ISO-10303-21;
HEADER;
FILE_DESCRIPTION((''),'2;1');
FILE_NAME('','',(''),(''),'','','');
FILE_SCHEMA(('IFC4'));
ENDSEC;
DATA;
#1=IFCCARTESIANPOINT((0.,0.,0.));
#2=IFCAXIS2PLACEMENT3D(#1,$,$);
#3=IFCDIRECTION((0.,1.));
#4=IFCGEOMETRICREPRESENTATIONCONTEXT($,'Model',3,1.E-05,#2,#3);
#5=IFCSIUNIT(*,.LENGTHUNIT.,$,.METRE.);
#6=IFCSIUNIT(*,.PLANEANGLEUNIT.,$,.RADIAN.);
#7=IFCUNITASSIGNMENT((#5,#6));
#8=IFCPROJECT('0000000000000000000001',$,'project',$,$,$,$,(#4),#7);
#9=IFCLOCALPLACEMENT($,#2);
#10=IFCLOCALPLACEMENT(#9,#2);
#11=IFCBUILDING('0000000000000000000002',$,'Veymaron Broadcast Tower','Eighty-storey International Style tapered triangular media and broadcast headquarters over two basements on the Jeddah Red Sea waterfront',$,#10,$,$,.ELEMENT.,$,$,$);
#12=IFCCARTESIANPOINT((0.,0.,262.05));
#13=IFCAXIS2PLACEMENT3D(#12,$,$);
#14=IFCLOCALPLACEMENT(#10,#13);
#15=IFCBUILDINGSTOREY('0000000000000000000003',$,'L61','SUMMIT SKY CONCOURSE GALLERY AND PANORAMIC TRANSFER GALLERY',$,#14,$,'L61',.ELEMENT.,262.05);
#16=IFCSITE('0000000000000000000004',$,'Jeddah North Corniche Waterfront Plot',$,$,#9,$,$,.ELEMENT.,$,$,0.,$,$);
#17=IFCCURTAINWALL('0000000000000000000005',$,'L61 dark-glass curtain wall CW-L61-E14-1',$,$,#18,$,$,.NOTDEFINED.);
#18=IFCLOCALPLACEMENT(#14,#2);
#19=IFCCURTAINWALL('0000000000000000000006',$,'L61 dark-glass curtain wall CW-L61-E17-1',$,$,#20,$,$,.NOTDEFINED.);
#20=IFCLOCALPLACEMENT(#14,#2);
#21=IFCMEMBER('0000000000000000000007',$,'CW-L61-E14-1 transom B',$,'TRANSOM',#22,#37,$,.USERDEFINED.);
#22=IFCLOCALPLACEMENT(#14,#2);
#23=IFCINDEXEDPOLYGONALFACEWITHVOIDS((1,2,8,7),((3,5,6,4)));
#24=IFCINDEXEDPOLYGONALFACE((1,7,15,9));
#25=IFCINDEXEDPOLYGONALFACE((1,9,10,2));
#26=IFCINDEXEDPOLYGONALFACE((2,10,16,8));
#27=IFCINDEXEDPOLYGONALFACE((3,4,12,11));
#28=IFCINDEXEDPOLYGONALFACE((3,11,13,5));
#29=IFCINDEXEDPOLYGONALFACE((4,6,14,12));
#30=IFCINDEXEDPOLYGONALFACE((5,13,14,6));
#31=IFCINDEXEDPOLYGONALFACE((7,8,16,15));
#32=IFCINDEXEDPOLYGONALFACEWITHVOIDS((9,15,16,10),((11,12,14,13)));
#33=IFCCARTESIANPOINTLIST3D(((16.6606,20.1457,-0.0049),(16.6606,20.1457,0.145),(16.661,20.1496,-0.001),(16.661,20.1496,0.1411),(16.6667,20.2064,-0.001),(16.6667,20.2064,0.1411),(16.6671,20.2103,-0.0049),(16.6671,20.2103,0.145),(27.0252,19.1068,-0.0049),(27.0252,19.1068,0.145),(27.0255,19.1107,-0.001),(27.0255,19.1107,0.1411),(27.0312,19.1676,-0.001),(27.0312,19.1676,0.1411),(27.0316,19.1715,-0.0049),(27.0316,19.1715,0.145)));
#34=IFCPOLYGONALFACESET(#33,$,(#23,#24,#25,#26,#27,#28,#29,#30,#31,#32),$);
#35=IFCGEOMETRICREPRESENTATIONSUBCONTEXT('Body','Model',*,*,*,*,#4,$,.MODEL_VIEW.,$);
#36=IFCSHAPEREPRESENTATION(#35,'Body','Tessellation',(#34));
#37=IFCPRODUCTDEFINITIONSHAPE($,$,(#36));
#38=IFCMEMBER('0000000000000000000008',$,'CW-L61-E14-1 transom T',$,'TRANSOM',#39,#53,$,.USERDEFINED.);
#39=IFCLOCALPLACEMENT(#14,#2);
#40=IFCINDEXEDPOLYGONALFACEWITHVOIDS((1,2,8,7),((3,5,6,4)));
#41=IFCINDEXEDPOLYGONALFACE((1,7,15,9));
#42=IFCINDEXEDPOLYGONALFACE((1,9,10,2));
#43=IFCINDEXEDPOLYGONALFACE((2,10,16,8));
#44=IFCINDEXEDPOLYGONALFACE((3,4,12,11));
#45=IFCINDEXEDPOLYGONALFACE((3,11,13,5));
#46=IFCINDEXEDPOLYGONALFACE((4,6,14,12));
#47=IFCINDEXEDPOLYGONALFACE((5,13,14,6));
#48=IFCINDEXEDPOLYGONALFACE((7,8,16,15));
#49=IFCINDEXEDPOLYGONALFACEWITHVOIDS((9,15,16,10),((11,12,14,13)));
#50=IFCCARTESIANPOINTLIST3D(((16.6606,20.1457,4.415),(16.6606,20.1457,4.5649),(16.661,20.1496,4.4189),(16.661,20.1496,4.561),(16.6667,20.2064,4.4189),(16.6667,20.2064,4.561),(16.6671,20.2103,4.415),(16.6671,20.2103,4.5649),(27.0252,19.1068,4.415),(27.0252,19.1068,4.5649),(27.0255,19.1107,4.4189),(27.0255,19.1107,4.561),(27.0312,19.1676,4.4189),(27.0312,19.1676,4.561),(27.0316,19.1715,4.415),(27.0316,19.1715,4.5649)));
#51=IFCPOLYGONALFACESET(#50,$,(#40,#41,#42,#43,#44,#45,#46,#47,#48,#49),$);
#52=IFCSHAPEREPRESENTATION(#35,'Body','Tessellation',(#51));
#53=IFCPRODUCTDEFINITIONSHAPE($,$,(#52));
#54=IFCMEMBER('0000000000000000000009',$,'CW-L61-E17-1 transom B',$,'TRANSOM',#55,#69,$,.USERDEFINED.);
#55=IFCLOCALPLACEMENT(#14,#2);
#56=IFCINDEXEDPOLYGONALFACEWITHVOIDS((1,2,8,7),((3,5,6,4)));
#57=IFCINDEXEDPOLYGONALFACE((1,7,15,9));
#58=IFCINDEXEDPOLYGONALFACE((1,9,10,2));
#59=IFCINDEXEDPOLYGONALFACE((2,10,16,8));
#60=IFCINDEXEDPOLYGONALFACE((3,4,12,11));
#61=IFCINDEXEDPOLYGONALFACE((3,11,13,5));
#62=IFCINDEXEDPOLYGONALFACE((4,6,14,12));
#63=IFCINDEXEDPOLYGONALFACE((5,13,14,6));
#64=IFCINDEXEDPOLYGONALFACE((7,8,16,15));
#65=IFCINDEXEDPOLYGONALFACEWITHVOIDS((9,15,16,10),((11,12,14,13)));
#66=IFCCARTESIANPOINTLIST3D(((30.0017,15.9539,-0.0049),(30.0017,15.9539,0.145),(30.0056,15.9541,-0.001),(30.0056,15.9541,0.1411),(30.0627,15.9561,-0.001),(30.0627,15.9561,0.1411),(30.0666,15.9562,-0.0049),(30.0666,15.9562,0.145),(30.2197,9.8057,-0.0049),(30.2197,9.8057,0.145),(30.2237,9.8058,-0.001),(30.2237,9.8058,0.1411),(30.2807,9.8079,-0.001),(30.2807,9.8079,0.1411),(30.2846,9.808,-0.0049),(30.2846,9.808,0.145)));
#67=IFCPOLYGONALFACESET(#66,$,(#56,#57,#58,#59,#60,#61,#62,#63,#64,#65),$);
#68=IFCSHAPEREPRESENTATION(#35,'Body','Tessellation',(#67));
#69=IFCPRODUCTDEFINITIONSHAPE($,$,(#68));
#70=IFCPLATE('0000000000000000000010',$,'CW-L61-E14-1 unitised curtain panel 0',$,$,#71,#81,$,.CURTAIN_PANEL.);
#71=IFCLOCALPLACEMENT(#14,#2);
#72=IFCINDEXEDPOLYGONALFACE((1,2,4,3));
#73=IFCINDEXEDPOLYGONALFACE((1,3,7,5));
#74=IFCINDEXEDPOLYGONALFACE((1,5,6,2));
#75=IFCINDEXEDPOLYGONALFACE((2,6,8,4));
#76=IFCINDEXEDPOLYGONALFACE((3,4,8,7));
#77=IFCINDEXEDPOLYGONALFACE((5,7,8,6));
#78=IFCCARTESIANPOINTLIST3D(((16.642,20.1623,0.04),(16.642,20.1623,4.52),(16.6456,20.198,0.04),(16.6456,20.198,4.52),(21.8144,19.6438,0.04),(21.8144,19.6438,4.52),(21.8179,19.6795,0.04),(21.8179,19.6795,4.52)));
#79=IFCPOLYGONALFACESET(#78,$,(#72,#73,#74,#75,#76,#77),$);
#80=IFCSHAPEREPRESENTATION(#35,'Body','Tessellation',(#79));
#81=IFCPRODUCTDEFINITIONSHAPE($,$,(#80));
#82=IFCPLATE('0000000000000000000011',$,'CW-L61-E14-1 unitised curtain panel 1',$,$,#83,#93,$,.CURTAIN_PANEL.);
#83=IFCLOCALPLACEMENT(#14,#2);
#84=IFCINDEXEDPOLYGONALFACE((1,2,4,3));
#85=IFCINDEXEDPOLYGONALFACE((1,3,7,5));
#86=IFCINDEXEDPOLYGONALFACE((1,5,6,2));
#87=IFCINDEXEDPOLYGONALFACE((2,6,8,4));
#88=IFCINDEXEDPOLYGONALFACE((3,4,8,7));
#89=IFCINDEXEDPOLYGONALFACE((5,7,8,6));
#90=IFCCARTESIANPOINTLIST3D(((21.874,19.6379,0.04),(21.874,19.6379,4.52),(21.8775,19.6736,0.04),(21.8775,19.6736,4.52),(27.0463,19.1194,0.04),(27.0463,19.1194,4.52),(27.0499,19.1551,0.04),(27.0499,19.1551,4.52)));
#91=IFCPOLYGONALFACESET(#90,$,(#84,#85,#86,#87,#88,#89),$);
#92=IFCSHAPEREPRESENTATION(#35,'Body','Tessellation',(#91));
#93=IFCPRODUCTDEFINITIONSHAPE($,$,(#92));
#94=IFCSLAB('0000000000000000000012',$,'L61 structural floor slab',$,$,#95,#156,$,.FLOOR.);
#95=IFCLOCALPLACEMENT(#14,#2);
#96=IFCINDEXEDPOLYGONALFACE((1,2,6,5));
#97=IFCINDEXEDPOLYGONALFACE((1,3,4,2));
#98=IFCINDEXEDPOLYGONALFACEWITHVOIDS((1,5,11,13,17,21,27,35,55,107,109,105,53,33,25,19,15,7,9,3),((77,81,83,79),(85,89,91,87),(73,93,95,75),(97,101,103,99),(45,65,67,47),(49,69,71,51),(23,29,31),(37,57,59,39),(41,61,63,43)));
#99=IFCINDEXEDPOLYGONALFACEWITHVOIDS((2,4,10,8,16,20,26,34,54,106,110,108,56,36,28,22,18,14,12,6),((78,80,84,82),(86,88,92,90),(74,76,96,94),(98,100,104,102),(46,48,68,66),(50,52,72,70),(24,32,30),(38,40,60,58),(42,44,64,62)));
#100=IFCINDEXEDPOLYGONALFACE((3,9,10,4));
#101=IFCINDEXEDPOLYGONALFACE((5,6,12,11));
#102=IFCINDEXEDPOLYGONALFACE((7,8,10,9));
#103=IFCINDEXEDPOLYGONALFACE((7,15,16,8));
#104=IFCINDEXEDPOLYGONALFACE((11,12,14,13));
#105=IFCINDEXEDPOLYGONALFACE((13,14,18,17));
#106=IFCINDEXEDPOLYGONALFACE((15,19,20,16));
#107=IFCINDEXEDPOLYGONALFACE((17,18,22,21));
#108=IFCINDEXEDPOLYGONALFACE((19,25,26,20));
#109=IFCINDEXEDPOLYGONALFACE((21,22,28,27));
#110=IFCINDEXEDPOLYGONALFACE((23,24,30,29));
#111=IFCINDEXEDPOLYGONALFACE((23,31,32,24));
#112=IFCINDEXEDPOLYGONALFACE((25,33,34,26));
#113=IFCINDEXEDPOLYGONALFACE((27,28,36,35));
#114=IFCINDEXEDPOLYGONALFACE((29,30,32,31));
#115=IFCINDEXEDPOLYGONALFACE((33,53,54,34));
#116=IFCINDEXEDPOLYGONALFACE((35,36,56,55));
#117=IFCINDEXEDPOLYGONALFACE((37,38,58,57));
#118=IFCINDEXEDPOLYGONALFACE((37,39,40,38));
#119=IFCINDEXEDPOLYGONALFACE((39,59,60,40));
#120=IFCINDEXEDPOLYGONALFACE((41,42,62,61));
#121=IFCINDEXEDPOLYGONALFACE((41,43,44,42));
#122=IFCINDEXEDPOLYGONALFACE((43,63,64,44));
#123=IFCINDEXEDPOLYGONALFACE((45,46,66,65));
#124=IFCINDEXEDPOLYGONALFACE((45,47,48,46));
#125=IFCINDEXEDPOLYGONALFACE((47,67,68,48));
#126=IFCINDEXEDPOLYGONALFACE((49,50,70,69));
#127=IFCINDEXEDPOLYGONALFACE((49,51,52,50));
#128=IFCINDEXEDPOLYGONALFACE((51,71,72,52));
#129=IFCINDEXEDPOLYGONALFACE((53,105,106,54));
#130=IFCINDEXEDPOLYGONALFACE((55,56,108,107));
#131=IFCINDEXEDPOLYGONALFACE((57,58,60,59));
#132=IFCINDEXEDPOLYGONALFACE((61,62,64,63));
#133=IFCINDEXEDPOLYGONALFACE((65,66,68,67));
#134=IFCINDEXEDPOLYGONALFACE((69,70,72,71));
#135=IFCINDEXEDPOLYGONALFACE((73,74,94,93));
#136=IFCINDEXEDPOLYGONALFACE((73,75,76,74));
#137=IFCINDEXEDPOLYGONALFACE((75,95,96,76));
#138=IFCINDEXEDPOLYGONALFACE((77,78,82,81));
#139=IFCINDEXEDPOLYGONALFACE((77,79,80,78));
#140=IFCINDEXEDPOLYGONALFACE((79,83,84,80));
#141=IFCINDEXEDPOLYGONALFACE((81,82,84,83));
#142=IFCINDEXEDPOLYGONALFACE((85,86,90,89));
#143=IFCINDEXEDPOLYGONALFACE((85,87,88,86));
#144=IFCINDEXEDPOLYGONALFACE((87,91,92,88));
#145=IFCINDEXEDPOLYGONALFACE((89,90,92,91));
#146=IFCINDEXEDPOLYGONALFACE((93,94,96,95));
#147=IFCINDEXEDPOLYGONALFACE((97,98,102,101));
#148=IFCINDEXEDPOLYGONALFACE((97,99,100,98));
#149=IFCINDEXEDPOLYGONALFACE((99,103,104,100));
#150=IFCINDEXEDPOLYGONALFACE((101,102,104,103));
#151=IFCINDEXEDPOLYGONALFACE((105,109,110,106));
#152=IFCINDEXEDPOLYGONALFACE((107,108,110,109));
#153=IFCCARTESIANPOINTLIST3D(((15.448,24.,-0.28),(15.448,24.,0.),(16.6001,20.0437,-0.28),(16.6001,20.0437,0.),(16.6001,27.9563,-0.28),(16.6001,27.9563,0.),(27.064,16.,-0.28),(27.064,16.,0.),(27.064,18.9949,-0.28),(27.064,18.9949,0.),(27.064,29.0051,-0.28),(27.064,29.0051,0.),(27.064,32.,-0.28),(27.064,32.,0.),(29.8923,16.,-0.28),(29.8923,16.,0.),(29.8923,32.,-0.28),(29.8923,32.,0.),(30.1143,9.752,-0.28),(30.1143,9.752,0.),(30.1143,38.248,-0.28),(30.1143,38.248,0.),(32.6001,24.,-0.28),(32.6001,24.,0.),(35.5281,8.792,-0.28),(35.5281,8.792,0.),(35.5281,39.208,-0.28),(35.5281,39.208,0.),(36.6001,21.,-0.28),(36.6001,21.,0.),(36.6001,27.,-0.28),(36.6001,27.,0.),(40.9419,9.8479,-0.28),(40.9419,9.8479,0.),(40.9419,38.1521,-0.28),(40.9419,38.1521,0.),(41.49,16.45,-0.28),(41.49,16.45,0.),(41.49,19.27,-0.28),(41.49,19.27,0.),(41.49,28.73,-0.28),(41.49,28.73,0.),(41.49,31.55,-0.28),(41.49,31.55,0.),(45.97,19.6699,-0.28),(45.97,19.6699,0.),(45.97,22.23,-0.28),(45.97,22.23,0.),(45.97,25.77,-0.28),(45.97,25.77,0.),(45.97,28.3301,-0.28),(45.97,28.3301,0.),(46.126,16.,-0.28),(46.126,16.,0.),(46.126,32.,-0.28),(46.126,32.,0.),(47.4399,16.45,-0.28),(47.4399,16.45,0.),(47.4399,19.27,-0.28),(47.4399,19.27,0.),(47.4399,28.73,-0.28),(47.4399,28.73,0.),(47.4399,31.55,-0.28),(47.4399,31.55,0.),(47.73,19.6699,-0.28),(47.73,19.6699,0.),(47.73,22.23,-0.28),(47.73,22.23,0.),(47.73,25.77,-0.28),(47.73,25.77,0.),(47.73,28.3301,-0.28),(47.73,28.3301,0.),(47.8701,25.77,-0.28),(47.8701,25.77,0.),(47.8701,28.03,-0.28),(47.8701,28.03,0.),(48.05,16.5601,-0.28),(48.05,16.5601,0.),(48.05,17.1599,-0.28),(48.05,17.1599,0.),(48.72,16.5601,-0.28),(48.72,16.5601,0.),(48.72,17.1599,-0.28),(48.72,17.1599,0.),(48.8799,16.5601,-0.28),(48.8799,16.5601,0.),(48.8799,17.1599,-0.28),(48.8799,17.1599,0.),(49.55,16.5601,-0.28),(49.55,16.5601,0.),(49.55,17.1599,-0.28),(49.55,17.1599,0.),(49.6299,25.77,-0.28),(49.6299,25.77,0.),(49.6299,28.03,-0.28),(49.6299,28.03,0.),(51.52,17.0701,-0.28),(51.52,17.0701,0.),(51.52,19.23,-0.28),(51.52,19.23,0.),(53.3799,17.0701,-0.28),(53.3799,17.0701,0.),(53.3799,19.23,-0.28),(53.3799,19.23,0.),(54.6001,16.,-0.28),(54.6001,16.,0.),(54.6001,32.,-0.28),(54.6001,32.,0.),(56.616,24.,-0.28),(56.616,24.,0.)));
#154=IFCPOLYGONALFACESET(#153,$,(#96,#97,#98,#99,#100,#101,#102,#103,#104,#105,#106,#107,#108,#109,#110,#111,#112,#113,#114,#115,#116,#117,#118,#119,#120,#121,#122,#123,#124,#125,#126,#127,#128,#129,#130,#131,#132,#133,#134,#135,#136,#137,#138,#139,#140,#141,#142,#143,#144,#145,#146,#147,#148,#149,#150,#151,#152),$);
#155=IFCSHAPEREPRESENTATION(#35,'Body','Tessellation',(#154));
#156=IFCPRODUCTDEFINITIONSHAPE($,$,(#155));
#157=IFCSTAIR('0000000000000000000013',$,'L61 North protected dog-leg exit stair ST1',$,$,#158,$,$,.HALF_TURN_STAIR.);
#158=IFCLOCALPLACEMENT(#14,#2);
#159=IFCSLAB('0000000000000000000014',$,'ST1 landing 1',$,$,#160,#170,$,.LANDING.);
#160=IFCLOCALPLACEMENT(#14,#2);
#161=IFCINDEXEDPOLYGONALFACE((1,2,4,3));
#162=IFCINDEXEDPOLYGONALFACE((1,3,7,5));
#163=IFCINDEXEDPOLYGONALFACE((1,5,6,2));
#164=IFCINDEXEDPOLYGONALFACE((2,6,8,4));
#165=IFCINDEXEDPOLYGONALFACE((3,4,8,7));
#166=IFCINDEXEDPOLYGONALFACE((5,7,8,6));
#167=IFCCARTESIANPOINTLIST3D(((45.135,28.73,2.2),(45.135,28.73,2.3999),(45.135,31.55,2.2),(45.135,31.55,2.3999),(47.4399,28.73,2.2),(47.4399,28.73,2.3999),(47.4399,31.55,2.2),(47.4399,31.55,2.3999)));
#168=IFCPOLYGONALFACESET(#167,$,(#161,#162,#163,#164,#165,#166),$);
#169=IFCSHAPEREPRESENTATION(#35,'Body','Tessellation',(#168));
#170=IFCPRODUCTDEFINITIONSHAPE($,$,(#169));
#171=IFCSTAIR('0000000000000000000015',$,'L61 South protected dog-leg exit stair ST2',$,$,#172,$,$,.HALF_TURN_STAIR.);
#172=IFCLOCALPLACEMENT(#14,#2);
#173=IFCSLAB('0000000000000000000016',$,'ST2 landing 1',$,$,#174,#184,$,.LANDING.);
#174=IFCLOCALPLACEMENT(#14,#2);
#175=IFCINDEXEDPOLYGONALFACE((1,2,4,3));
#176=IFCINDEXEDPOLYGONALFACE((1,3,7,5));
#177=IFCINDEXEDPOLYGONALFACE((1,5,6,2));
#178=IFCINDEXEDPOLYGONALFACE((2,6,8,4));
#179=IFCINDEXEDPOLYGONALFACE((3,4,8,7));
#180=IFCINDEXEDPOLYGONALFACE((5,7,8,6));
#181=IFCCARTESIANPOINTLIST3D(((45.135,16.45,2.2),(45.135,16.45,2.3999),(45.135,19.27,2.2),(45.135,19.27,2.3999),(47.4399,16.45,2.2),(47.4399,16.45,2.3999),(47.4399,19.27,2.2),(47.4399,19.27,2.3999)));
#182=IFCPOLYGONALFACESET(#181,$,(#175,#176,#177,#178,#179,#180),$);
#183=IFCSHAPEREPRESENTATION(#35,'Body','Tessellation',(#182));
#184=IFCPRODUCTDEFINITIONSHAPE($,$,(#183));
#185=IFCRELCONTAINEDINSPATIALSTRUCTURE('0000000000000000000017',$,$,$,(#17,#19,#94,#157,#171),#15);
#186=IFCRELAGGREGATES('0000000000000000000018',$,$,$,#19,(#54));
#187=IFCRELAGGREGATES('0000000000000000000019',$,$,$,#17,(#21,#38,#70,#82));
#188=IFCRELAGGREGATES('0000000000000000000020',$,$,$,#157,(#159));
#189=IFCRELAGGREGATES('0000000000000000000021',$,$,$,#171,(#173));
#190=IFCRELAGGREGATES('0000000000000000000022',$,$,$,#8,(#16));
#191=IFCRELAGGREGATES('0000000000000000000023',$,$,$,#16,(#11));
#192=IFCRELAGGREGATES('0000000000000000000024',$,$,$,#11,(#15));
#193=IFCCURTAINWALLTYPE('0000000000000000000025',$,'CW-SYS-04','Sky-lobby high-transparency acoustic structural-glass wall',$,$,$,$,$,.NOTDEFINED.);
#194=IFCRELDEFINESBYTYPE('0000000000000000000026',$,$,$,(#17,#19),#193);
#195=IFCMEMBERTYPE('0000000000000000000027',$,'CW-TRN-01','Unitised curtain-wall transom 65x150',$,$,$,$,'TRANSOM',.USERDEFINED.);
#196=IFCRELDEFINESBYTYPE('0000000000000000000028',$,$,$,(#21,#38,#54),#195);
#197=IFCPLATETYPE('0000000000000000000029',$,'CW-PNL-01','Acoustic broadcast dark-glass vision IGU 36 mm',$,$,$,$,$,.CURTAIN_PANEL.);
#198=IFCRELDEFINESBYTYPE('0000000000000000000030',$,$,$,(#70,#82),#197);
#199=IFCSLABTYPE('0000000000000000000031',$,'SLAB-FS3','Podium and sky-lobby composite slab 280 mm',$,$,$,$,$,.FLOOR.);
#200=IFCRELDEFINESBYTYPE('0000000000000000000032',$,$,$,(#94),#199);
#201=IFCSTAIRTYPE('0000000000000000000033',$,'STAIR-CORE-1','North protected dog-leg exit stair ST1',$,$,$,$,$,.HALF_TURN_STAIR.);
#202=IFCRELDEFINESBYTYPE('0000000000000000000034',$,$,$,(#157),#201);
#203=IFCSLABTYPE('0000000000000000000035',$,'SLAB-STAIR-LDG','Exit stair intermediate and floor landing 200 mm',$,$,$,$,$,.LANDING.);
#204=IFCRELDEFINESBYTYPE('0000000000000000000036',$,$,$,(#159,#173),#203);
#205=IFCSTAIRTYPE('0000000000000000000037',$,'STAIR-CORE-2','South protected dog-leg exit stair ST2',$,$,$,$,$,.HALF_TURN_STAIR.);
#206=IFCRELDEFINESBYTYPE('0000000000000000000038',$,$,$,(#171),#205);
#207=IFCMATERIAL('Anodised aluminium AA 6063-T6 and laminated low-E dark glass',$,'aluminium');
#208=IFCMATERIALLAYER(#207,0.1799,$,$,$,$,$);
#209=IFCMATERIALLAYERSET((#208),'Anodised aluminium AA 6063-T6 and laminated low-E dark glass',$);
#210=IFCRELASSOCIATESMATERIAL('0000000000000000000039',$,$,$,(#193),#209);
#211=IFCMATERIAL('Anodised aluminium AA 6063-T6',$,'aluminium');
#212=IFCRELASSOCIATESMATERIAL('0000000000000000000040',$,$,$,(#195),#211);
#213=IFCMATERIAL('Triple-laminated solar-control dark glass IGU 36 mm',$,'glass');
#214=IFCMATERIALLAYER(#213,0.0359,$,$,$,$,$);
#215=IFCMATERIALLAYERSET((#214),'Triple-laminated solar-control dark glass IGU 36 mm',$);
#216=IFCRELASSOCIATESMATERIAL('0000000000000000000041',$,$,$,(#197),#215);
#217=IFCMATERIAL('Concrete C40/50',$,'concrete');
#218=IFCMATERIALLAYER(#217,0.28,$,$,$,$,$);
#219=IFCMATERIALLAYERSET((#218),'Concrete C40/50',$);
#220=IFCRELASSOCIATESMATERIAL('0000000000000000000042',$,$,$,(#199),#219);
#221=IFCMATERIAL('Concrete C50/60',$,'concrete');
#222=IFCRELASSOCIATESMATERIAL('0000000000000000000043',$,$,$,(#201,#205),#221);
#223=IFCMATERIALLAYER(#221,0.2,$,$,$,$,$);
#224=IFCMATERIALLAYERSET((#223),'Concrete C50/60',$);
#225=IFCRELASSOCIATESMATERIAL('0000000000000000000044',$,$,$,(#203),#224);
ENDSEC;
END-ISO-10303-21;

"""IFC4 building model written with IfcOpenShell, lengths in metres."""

from ifc_helpers import new_model, si_unit, direction, frame, origin, origin_2d, place, context, subcontext, project, spatial, polyline, rectangle, hollow_rectangle, outline, extrude, material, layer, layer_set, material_profile, profile_set, type_object, element, aggregate, save


model = new_model("IFC4")

# Units and contexts
model_context = context("Model", 3, precision=1e-05, world=origin(), true_north=direction((0.0, 1.0)))
body_context = subcontext(model_context, "Body", "Model", "MODEL_VIEW")
ifc_project = project(units=[si_unit("LENGTHUNIT", "METRE"), si_unit("PLANEANGLEUNIT", "RADIAN")], contexts=[model_context])

# Site, building, storey
site_placement = place(None, origin())
site = spatial("IfcSite", under=ifc_project, at=site_placement, Name="Jeddah North Corniche Waterfront Plot", CompositionType="ELEMENT", RefElevation=0.0)
building_placement = place(site_placement, origin())
building = spatial("IfcBuilding", under=site, at=building_placement, Name="Veymaron Broadcast Tower", Description="Eighty-storey International Style tapered triangular media and broadcast headquarters over two basements on the Jeddah Red Sea waterfront", CompositionType="ELEMENT")
storey_placement = place(building_placement, frame((0.0, 0.0, 262.05)))
storey = spatial("IfcBuildingStorey", under=building, at=storey_placement, Name="L61", Description="SUMMIT SKY CONCOURSE GALLERY AND PANORAMIC TRANSFER GALLERY", LongName="L61", CompositionType="ELEMENT", Elevation=262.05)

# Curtain wall
ifc_material_1 = material(Name="Anodised aluminium AA 6063-T6 and laminated low-E dark glass", Category="aluminium")
ifc_layer_1 = layer(ifc_material_1, 0.1799)
ifc_layer_set_1 = layer_set([ifc_layer_1], Name="Anodised aluminium AA 6063-T6 and laminated low-E dark glass")
curtain_wall_type = type_object("IfcCurtainWallType", Name="CW-SYS-04", Description="Sky-lobby high-transparency acoustic structural-glass wall", PredefinedType="NOTDEFINED", material=ifc_layer_set_1)
curtain_wall_1_placement = place(storey_placement, origin())
curtain_wall_1 = element("IfcCurtainWall", 1, at=curtain_wall_1_placement, inside=storey, type_object=curtain_wall_type, Name="L61 dark-glass curtain wall CW-L61-E14-1", PredefinedType="NOTDEFINED")
ifc_material_2 = material(Name="Anodised aluminium AA 6063-T6", Category="aluminium")

# Curtain wall
curtain_wall_2_placement = place(storey_placement, origin())
curtain_wall_2 = element("IfcCurtainWall", 2, at=curtain_wall_2_placement, inside=storey, type_object=curtain_wall_type, Name="L61 dark-glass curtain wall CW-L61-E17-1", PredefinedType="NOTDEFINED")

# Members
ifc_material_profile_1 = material_profile(ifc_material_2, hollow_rectangle(XDim=0.0649, YDim=0.1499, WallThickness=0.0039, at=origin_2d()), Name="AL150X65X4")
ifc_profile_set_1 = profile_set([ifc_material_profile_1], Name="Anodised aluminium AA 6063-T6")
member_type_1 = type_object("IfcMemberType", Name="CW-TRN-01", Description="Unitised curtain-wall transom 65x150", ElementType="TRANSOM", PredefinedType="USERDEFINED", material=ifc_profile_set_1)
member_1_placement = place(storey_placement, frame((16.6638, 20.178, 0.0701), z_axis=(0.995015, -0.099729, 0.0), x_axis=(0.099729, 0.995015, 0.0)))
member_1 = element("IfcMember", 3, at=member_1_placement, type_object=member_type_1, Name="CW-L61-E14-1 transom B", ObjectType="TRANSOM", PredefinedType="USERDEFINED", context=body_context, shape_type="SweptSolid", body=[
    extrude(hollow_rectangle(XDim=0.0649, YDim=0.1499, WallThickness=0.0039, at=origin_2d()), origin(), (0.0, 0.0, 1.0), 10.4165),
])
member_2_placement = place(storey_placement, frame((16.6638, 20.178, 4.49), z_axis=(0.995015, -0.099729, 0.0), x_axis=(0.099729, 0.995015, 0.0)))
member_2 = element("IfcMember", 4, at=member_2_placement, type_object=member_type_1, Name="CW-L61-E14-1 transom T", ObjectType="TRANSOM", PredefinedType="USERDEFINED", context=body_context, shape_type="SweptSolid", body=[
    extrude(hollow_rectangle(XDim=0.0649, YDim=0.1499, WallThickness=0.0039, at=origin_2d()), origin(), (0.0, 0.0, 1.0), 10.4165),
])
member_3_placement = place(storey_placement, frame((30.0342, 15.9551, 0.0701), z_axis=(0.035438, -0.999372, 0.0), x_axis=(0.999372, 0.035438, 0.0)))
member_3 = element("IfcMember", 5, at=member_3_placement, type_object=member_type_1, Name="CW-L61-E17-1 transom B", ObjectType="TRANSOM", PredefinedType="USERDEFINED", context=body_context, shape_type="SweptSolid", body=[
    extrude(hollow_rectangle(XDim=0.0649, YDim=0.1499, WallThickness=0.0039, at=origin_2d()), origin(), (0.0, 0.0, 1.0), 6.1521),
])
aggregate(curtain_wall_2, [member_3])

# Plates
ifc_material_3 = material(Name="Triple-laminated solar-control dark glass IGU 36 mm", Category="glass")
ifc_layer_2 = layer(ifc_material_3, 0.0359)
ifc_layer_set_2 = layer_set([ifc_layer_2], Name="Triple-laminated solar-control dark glass IGU 36 mm")
plate_type = type_object("IfcPlateType", Name="CW-PNL-01", Description="Acoustic broadcast dark-glass vision IGU 36 mm", PredefinedType="CURTAIN_PANEL", material=ifc_layer_set_2)
plate_1_placement = place(storey_placement, frame((19.23, 19.9209, 0.04), z_axis=(0.0, 0.0, 1.0), x_axis=(0.995014, -0.099737, 0.0)))
plate_1 = element("IfcPlate", 6, at=plate_1_placement, type_object=plate_type, Name="CW-L61-E14-1 unitised curtain panel 0", PredefinedType="CURTAIN_PANEL", context=body_context, shape_type="SweptSolid", body=[
    extrude(rectangle(XDim=5.1982, YDim=0.0359, at=origin_2d()), origin(), (0.0, 0.0, 1.0), 4.48),
])
plate_2_placement = place(storey_placement, frame((24.4619, 19.3965, 0.04), z_axis=(0.0, 0.0, 1.0), x_axis=(0.995014, -0.099737, 0.0)))
plate_2 = element("IfcPlate", 7, at=plate_2_placement, type_object=plate_type, Name="CW-L61-E14-1 unitised curtain panel 1", PredefinedType="CURTAIN_PANEL", context=body_context, shape_type="SweptSolid", body=[
    extrude(rectangle(XDim=5.1982, YDim=0.0359, at=origin_2d()), origin(), (0.0, 0.0, 1.0), 4.48),
])
aggregate(curtain_wall_1, [member_1, member_2, plate_1, plate_2])

# Slab
ifc_material_4 = material(Name="Concrete C40/50", Category="concrete")
ifc_layer_3 = layer(ifc_material_4, 0.28)
ifc_layer_set_3 = layer_set([ifc_layer_3], Name="Concrete C40/50")
slab_type_1 = type_object("IfcSlabType", Name="SLAB-FS3", Description="Podium and sky-lobby composite slab 280 mm", PredefinedType="FLOOR", material=ifc_layer_set_3)
slab_1_placement = place(storey_placement, frame((0.0, 0.0, -0.28)))
element("IfcSlab", 8, at=slab_1_placement, inside=storey, type_object=slab_type_1, Name="L61 structural floor slab", PredefinedType="FLOOR", context=body_context, shape_type="SweptSolid", body=[
    extrude(outline(polyline([(46.126, 16.0), (54.6001, 16.0), (56.616, 24.0), (54.6001, 32.0), (46.126, 32.0), (40.9419, 38.1521), (35.5281, 39.208), (30.1143, 38.248), (29.8923, 32.0), (27.064, 32.0), (27.064, 29.0051), (16.6001, 27.9563), (15.448, 24.0), (16.6001, 20.0437), (27.064, 18.9949), (27.064, 16.0), (29.8923, 16.0), (30.1143, 9.752), (35.5281, 8.792), (40.9419, 9.8479), (46.126, 16.0)]), holes=[polyline([(45.97, 28.3301), (47.73, 28.3301), (47.73, 25.77), (45.97, 25.77), (45.97, 28.3301)]), polyline([(45.97, 22.23), (47.73, 22.23), (47.73, 19.6699), (45.97, 19.6699), (45.97, 22.23)]), polyline([(47.8701, 28.03), (49.6299, 28.03), (49.6299, 25.77), (47.8701, 25.77), (47.8701, 28.03)]), polyline([(51.52, 19.23), (53.3799, 19.23), (53.3799, 17.0701), (51.52, 17.0701), (51.52, 19.23)]), polyline([(48.05, 17.1599), (48.72, 17.1599), (48.72, 16.5601), (48.05, 16.5601), (48.05, 17.1599)]), polyline([(48.8799, 17.1599), (49.55, 17.1599), (49.55, 16.5601), (48.8799, 16.5601), (48.8799, 17.1599)]), polyline([(36.6001, 27.0), (36.6001, 21.0), (32.6001, 24.0), (36.6001, 27.0)]), polyline([(41.49, 31.55), (47.4399, 31.55), (47.4399, 28.73), (41.49, 28.73), (41.49, 31.55)]), polyline([(41.49, 19.27), (47.4399, 19.27), (47.4399, 16.45), (41.49, 16.45), (41.49, 19.27)])]), origin(), (0.0, 0.0, 1.0), 0.28),
])

# Stairs, slabs
ifc_material_5 = material(Name="Concrete C50/60", Category="concrete")
stair_type_1 = type_object("IfcStairType", Name="STAIR-CORE-1", Description="North protected dog-leg exit stair ST1", PredefinedType="HALF_TURN_STAIR", material=ifc_material_5)
stair_1_placement = place(storey_placement, origin())
stair_1 = element("IfcStair", 9, at=stair_1_placement, inside=storey, type_object=stair_type_1, Name="L61 North protected dog-leg exit stair ST1", PredefinedType="HALF_TURN_STAIR")
ifc_layer_4 = layer(ifc_material_5, 0.2)
ifc_layer_set_4 = layer_set([ifc_layer_4], Name="Concrete C50/60")
slab_type_2 = type_object("IfcSlabType", Name="SLAB-STAIR-LDG", Description="Exit stair intermediate and floor landing 200 mm", PredefinedType="LANDING", material=ifc_layer_set_4)
slab_2_placement = place(storey_placement, frame((0.0, 0.0, 2.2)))
slab_2 = element("IfcSlab", 10, at=slab_2_placement, type_object=slab_type_2, Name="ST1 landing 1", PredefinedType="LANDING", context=body_context, shape_type="SweptSolid", body=[
    extrude(outline(polyline([(45.135, 28.73), (47.4399, 28.73), (47.4399, 31.55), (45.135, 31.55), (45.135, 28.73)])), origin(), (0.0, 0.0, 1.0), 0.2),
])
aggregate(stair_1, [slab_2])
stair_type_2 = type_object("IfcStairType", Name="STAIR-CORE-2", Description="South protected dog-leg exit stair ST2", PredefinedType="HALF_TURN_STAIR", material=ifc_material_5)
stair_2_placement = place(storey_placement, origin())
stair_2 = element("IfcStair", 11, at=stair_2_placement, inside=storey, type_object=stair_type_2, Name="L61 South protected dog-leg exit stair ST2", PredefinedType="HALF_TURN_STAIR")
slab_3_placement = place(storey_placement, frame((0.0, 0.0, 2.2)))
slab_3 = element("IfcSlab", 12, at=slab_3_placement, type_object=slab_type_2, Name="ST2 landing 1", PredefinedType="LANDING", context=body_context, shape_type="SweptSolid", body=[
    extrude(outline(polyline([(45.135, 16.45), (47.4399, 16.45), (47.4399, 19.27), (45.135, 19.27), (45.135, 16.45)])), origin(), (0.0, 0.0, 1.0), 0.2),
])
aggregate(stair_2, [slab_3])

save(model, "model.ifc")
